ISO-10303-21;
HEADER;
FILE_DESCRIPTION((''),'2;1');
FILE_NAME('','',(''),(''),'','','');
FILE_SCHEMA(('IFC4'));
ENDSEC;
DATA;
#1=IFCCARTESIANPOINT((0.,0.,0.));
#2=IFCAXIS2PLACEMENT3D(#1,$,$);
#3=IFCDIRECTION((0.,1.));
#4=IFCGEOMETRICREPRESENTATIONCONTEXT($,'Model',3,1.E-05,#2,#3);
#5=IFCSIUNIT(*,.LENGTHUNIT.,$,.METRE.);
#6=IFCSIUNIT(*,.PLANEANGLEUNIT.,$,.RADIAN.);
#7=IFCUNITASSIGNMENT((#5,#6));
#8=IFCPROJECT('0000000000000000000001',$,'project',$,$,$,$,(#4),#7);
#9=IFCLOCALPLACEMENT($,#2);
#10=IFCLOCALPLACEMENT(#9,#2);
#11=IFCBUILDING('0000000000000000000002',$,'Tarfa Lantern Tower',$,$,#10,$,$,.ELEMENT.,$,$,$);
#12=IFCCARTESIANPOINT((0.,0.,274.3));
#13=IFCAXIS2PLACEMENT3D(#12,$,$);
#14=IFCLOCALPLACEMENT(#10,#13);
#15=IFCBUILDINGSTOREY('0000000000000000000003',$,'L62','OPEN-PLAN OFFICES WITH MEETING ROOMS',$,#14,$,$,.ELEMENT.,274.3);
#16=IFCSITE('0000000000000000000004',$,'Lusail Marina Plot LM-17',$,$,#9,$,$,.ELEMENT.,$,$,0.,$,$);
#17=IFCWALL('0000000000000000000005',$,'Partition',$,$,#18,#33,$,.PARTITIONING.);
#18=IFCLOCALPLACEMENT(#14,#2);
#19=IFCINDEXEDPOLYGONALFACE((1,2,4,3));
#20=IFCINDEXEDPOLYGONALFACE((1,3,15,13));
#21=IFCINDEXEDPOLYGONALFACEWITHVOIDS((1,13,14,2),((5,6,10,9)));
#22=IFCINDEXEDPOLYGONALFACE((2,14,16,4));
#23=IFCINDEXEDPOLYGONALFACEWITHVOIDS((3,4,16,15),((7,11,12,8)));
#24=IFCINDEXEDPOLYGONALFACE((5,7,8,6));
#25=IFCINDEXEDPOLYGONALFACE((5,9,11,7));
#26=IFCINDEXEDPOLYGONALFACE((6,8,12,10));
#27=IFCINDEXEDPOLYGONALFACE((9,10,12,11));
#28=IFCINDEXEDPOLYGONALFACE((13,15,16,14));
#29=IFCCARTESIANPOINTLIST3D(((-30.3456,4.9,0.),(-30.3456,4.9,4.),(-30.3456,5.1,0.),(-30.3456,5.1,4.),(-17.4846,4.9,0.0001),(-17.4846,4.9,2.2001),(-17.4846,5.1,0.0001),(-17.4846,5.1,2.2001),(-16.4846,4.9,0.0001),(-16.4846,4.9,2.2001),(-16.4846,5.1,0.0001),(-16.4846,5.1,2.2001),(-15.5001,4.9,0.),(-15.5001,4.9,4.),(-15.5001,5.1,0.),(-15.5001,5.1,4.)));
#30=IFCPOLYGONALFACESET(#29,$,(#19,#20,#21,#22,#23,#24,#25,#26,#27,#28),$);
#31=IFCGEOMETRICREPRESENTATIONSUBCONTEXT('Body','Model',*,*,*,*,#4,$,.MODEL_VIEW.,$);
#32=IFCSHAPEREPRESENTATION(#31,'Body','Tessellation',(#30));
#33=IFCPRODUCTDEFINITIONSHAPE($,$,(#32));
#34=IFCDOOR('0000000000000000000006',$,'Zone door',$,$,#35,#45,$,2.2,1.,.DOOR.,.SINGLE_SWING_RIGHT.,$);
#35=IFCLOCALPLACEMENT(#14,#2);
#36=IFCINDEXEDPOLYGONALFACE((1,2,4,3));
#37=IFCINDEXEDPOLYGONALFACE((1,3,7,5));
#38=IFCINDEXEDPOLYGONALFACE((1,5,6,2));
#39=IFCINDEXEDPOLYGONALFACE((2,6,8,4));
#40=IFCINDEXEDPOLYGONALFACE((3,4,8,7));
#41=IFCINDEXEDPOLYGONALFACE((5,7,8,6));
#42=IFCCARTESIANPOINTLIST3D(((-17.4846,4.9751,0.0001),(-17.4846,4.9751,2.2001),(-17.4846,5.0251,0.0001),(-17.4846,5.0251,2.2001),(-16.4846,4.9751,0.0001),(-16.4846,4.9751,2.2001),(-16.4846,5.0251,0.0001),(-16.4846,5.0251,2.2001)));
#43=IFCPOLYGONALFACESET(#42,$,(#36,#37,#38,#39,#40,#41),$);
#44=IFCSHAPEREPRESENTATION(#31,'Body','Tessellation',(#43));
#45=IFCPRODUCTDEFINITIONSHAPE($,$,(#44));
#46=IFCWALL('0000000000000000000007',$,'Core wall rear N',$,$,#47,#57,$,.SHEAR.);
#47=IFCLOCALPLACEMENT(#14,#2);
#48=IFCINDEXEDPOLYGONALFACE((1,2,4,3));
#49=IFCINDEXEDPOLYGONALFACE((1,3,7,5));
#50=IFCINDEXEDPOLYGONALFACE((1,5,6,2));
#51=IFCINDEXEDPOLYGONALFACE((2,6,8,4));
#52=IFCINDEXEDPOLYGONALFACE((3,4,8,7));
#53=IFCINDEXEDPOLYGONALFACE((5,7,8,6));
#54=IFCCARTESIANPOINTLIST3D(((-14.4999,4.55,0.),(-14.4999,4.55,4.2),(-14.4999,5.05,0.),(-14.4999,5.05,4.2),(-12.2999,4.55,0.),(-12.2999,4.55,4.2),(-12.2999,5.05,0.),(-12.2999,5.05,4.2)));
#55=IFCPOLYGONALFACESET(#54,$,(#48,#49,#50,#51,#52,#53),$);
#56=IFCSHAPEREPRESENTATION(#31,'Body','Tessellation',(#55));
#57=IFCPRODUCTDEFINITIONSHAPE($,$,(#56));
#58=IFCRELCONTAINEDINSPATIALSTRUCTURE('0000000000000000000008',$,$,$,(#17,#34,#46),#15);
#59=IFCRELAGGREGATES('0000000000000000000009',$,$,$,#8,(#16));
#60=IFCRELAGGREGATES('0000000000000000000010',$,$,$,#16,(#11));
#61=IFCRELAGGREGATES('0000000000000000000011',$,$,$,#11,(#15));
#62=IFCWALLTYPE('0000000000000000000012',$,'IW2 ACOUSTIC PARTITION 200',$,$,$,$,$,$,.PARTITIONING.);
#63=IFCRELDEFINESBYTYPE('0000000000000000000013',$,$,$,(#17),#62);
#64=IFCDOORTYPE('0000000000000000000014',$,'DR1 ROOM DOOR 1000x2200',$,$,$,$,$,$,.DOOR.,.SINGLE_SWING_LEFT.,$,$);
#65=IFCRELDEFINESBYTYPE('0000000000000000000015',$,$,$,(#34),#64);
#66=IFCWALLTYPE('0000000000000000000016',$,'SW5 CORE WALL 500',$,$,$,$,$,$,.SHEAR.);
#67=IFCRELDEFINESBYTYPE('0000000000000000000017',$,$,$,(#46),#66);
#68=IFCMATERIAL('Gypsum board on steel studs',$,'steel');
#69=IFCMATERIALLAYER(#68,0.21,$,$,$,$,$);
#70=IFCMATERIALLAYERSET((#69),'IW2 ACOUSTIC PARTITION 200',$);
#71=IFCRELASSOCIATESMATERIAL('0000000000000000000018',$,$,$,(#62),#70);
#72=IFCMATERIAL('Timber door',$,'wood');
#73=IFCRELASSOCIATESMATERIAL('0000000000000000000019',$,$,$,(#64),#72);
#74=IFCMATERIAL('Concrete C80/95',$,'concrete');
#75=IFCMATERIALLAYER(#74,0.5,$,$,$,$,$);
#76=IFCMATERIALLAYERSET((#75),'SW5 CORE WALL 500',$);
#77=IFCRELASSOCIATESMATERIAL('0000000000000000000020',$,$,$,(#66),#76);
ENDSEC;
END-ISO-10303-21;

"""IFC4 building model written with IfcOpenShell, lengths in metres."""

from ifc_helpers import new_model, si_unit, direction, frame, frame_2d, origin, place, context, subcontext, project, spatial, rectangle, extrude, material, layer, layer_set, type_object, element, fill, save


model = new_model("IFC4")

# Units and contexts
model_context = context("Model", 3, precision=1e-05, world=origin(), true_north=direction((0.0, 1.0)))
body_context = subcontext(model_context, "Body", "Model", "MODEL_VIEW")
ifc_project = project(units=[si_unit("LENGTHUNIT", "METRE"), si_unit("PLANEANGLEUNIT", "RADIAN")], contexts=[model_context])

# Site, building, storey
site_placement = place(None, origin())
site = spatial("IfcSite", under=ifc_project, at=site_placement, Name="Lusail Marina Plot LM-17", CompositionType="ELEMENT", RefElevation=0.0)
building_placement = place(site_placement, origin())
building = spatial("IfcBuilding", under=site, at=building_placement, Name="Tarfa Lantern Tower", CompositionType="ELEMENT")
storey_placement = place(building_placement, frame((0.0, 0.0, 274.3)))
storey = spatial("IfcBuildingStorey", under=building, at=storey_placement, Name="L62", Description="OPEN-PLAN OFFICES WITH MEETING ROOMS", CompositionType="ELEMENT", Elevation=274.3)

# Shared definitions
ifc_material_1 = material(Name="Concrete C80/95", Category="concrete")

# Shared definitions
ifc_material_2 = material(Name="Gypsum board on steel studs", Category="steel")
ifc_layer_1 = layer(ifc_material_2, 0.21)
ifc_layer_set_1 = layer_set([ifc_layer_1], Name="IW2 ACOUSTIC PARTITION 200")
wall_type_1 = type_object("IfcWallType", Name="IW2 ACOUSTIC PARTITION 200", PredefinedType="PARTITIONING", material=ifc_layer_set_1)

# Shared definitions
ifc_material_3 = material(Name="Timber door", Category="wood")

# Wall, opening, door
wall_1_placement = place(storey_placement, frame((-15.5, 5.0, 0.0), z_axis=(0.0, 0.0, 1.0), x_axis=(-1.0, 0.0, 0.0)))
wall_1 = element("IfcWall", 1, at=wall_1_placement, inside=storey, type_object=wall_type_1, Name="Partition", PredefinedType="PARTITIONING", context=body_context, shape_type="SweptSolid", body=[
    extrude(rectangle(XDim=14.8455, YDim=0.2, at=frame_2d((7.4229, 0.0))), origin(), (0.0, 0.0, 1.0), 4.0),
])
opening_1_placement = place(wall_1_placement, frame((0.9846, 0.0, 0.0)))
opening_1 = element("IfcOpeningElement", 2, at=opening_1_placement, cuts=wall_1, PredefinedType="OPENING", context=body_context, shape_type="SweptSolid", body=[
    extrude(rectangle(XDim=1.0, YDim=2.2, at=frame_2d((0.5, 1.1001))), frame((0.0, 0.1099, 0.0), z_axis=(0.0, -1.0, 0.0), x_axis=(1.0, 0.0, 0.0)), (0.0, 0.0, 1.0), 0.22),
])
door_type_1 = type_object("IfcDoorType", Name="DR1 ROOM DOOR 1000x2200", OperationType="SINGLE_SWING_LEFT", PredefinedType="DOOR", material=ifc_material_3)
door_1_placement = place(opening_1_placement, origin())
door_1 = element("IfcDoor", 3, at=door_1_placement, inside=storey, type_object=door_type_1, Name="Zone door", OperationType="SINGLE_SWING_RIGHT", OverallHeight=2.2, OverallWidth=1.0, PredefinedType="DOOR", context=body_context, shape_type="SweptSolid", body=[
    extrude(rectangle(XDim=1.0, YDim=2.2, at=frame_2d((0.5, 1.1001))), frame((0.0, 0.0249, 0.0), z_axis=(0.0, -1.0, 0.0), x_axis=(1.0, 0.0, 0.0)), (0.0, 0.0, 1.0), 0.05),
])
fill(opening_1, door_1)

# Wall
ifc_layer_2 = layer(ifc_material_1, 0.5)
ifc_layer_set_2 = layer_set([ifc_layer_2], Name="SW5 CORE WALL 500")
wall_type_2 = type_object("IfcWallType", Name="SW5 CORE WALL 500", PredefinedType="SHEAR", material=ifc_layer_set_2)
wall_2_placement = place(storey_placement, frame((-14.5, 4.8, 0.0), z_axis=(0.0, 0.0, 1.0), x_axis=(1.0, 0.0, 0.0)))
element("IfcWall", 4, at=wall_2_placement, inside=storey, type_object=wall_type_2, Name="Core wall rear N", PredefinedType="SHEAR", context=body_context, shape_type="SweptSolid", body=[
    extrude(rectangle(XDim=2.2, YDim=0.5, at=frame_2d((1.1001, 0.0))), origin(), (0.0, 0.0, 1.0), 4.2),
])

save(model, "model.ifc")
